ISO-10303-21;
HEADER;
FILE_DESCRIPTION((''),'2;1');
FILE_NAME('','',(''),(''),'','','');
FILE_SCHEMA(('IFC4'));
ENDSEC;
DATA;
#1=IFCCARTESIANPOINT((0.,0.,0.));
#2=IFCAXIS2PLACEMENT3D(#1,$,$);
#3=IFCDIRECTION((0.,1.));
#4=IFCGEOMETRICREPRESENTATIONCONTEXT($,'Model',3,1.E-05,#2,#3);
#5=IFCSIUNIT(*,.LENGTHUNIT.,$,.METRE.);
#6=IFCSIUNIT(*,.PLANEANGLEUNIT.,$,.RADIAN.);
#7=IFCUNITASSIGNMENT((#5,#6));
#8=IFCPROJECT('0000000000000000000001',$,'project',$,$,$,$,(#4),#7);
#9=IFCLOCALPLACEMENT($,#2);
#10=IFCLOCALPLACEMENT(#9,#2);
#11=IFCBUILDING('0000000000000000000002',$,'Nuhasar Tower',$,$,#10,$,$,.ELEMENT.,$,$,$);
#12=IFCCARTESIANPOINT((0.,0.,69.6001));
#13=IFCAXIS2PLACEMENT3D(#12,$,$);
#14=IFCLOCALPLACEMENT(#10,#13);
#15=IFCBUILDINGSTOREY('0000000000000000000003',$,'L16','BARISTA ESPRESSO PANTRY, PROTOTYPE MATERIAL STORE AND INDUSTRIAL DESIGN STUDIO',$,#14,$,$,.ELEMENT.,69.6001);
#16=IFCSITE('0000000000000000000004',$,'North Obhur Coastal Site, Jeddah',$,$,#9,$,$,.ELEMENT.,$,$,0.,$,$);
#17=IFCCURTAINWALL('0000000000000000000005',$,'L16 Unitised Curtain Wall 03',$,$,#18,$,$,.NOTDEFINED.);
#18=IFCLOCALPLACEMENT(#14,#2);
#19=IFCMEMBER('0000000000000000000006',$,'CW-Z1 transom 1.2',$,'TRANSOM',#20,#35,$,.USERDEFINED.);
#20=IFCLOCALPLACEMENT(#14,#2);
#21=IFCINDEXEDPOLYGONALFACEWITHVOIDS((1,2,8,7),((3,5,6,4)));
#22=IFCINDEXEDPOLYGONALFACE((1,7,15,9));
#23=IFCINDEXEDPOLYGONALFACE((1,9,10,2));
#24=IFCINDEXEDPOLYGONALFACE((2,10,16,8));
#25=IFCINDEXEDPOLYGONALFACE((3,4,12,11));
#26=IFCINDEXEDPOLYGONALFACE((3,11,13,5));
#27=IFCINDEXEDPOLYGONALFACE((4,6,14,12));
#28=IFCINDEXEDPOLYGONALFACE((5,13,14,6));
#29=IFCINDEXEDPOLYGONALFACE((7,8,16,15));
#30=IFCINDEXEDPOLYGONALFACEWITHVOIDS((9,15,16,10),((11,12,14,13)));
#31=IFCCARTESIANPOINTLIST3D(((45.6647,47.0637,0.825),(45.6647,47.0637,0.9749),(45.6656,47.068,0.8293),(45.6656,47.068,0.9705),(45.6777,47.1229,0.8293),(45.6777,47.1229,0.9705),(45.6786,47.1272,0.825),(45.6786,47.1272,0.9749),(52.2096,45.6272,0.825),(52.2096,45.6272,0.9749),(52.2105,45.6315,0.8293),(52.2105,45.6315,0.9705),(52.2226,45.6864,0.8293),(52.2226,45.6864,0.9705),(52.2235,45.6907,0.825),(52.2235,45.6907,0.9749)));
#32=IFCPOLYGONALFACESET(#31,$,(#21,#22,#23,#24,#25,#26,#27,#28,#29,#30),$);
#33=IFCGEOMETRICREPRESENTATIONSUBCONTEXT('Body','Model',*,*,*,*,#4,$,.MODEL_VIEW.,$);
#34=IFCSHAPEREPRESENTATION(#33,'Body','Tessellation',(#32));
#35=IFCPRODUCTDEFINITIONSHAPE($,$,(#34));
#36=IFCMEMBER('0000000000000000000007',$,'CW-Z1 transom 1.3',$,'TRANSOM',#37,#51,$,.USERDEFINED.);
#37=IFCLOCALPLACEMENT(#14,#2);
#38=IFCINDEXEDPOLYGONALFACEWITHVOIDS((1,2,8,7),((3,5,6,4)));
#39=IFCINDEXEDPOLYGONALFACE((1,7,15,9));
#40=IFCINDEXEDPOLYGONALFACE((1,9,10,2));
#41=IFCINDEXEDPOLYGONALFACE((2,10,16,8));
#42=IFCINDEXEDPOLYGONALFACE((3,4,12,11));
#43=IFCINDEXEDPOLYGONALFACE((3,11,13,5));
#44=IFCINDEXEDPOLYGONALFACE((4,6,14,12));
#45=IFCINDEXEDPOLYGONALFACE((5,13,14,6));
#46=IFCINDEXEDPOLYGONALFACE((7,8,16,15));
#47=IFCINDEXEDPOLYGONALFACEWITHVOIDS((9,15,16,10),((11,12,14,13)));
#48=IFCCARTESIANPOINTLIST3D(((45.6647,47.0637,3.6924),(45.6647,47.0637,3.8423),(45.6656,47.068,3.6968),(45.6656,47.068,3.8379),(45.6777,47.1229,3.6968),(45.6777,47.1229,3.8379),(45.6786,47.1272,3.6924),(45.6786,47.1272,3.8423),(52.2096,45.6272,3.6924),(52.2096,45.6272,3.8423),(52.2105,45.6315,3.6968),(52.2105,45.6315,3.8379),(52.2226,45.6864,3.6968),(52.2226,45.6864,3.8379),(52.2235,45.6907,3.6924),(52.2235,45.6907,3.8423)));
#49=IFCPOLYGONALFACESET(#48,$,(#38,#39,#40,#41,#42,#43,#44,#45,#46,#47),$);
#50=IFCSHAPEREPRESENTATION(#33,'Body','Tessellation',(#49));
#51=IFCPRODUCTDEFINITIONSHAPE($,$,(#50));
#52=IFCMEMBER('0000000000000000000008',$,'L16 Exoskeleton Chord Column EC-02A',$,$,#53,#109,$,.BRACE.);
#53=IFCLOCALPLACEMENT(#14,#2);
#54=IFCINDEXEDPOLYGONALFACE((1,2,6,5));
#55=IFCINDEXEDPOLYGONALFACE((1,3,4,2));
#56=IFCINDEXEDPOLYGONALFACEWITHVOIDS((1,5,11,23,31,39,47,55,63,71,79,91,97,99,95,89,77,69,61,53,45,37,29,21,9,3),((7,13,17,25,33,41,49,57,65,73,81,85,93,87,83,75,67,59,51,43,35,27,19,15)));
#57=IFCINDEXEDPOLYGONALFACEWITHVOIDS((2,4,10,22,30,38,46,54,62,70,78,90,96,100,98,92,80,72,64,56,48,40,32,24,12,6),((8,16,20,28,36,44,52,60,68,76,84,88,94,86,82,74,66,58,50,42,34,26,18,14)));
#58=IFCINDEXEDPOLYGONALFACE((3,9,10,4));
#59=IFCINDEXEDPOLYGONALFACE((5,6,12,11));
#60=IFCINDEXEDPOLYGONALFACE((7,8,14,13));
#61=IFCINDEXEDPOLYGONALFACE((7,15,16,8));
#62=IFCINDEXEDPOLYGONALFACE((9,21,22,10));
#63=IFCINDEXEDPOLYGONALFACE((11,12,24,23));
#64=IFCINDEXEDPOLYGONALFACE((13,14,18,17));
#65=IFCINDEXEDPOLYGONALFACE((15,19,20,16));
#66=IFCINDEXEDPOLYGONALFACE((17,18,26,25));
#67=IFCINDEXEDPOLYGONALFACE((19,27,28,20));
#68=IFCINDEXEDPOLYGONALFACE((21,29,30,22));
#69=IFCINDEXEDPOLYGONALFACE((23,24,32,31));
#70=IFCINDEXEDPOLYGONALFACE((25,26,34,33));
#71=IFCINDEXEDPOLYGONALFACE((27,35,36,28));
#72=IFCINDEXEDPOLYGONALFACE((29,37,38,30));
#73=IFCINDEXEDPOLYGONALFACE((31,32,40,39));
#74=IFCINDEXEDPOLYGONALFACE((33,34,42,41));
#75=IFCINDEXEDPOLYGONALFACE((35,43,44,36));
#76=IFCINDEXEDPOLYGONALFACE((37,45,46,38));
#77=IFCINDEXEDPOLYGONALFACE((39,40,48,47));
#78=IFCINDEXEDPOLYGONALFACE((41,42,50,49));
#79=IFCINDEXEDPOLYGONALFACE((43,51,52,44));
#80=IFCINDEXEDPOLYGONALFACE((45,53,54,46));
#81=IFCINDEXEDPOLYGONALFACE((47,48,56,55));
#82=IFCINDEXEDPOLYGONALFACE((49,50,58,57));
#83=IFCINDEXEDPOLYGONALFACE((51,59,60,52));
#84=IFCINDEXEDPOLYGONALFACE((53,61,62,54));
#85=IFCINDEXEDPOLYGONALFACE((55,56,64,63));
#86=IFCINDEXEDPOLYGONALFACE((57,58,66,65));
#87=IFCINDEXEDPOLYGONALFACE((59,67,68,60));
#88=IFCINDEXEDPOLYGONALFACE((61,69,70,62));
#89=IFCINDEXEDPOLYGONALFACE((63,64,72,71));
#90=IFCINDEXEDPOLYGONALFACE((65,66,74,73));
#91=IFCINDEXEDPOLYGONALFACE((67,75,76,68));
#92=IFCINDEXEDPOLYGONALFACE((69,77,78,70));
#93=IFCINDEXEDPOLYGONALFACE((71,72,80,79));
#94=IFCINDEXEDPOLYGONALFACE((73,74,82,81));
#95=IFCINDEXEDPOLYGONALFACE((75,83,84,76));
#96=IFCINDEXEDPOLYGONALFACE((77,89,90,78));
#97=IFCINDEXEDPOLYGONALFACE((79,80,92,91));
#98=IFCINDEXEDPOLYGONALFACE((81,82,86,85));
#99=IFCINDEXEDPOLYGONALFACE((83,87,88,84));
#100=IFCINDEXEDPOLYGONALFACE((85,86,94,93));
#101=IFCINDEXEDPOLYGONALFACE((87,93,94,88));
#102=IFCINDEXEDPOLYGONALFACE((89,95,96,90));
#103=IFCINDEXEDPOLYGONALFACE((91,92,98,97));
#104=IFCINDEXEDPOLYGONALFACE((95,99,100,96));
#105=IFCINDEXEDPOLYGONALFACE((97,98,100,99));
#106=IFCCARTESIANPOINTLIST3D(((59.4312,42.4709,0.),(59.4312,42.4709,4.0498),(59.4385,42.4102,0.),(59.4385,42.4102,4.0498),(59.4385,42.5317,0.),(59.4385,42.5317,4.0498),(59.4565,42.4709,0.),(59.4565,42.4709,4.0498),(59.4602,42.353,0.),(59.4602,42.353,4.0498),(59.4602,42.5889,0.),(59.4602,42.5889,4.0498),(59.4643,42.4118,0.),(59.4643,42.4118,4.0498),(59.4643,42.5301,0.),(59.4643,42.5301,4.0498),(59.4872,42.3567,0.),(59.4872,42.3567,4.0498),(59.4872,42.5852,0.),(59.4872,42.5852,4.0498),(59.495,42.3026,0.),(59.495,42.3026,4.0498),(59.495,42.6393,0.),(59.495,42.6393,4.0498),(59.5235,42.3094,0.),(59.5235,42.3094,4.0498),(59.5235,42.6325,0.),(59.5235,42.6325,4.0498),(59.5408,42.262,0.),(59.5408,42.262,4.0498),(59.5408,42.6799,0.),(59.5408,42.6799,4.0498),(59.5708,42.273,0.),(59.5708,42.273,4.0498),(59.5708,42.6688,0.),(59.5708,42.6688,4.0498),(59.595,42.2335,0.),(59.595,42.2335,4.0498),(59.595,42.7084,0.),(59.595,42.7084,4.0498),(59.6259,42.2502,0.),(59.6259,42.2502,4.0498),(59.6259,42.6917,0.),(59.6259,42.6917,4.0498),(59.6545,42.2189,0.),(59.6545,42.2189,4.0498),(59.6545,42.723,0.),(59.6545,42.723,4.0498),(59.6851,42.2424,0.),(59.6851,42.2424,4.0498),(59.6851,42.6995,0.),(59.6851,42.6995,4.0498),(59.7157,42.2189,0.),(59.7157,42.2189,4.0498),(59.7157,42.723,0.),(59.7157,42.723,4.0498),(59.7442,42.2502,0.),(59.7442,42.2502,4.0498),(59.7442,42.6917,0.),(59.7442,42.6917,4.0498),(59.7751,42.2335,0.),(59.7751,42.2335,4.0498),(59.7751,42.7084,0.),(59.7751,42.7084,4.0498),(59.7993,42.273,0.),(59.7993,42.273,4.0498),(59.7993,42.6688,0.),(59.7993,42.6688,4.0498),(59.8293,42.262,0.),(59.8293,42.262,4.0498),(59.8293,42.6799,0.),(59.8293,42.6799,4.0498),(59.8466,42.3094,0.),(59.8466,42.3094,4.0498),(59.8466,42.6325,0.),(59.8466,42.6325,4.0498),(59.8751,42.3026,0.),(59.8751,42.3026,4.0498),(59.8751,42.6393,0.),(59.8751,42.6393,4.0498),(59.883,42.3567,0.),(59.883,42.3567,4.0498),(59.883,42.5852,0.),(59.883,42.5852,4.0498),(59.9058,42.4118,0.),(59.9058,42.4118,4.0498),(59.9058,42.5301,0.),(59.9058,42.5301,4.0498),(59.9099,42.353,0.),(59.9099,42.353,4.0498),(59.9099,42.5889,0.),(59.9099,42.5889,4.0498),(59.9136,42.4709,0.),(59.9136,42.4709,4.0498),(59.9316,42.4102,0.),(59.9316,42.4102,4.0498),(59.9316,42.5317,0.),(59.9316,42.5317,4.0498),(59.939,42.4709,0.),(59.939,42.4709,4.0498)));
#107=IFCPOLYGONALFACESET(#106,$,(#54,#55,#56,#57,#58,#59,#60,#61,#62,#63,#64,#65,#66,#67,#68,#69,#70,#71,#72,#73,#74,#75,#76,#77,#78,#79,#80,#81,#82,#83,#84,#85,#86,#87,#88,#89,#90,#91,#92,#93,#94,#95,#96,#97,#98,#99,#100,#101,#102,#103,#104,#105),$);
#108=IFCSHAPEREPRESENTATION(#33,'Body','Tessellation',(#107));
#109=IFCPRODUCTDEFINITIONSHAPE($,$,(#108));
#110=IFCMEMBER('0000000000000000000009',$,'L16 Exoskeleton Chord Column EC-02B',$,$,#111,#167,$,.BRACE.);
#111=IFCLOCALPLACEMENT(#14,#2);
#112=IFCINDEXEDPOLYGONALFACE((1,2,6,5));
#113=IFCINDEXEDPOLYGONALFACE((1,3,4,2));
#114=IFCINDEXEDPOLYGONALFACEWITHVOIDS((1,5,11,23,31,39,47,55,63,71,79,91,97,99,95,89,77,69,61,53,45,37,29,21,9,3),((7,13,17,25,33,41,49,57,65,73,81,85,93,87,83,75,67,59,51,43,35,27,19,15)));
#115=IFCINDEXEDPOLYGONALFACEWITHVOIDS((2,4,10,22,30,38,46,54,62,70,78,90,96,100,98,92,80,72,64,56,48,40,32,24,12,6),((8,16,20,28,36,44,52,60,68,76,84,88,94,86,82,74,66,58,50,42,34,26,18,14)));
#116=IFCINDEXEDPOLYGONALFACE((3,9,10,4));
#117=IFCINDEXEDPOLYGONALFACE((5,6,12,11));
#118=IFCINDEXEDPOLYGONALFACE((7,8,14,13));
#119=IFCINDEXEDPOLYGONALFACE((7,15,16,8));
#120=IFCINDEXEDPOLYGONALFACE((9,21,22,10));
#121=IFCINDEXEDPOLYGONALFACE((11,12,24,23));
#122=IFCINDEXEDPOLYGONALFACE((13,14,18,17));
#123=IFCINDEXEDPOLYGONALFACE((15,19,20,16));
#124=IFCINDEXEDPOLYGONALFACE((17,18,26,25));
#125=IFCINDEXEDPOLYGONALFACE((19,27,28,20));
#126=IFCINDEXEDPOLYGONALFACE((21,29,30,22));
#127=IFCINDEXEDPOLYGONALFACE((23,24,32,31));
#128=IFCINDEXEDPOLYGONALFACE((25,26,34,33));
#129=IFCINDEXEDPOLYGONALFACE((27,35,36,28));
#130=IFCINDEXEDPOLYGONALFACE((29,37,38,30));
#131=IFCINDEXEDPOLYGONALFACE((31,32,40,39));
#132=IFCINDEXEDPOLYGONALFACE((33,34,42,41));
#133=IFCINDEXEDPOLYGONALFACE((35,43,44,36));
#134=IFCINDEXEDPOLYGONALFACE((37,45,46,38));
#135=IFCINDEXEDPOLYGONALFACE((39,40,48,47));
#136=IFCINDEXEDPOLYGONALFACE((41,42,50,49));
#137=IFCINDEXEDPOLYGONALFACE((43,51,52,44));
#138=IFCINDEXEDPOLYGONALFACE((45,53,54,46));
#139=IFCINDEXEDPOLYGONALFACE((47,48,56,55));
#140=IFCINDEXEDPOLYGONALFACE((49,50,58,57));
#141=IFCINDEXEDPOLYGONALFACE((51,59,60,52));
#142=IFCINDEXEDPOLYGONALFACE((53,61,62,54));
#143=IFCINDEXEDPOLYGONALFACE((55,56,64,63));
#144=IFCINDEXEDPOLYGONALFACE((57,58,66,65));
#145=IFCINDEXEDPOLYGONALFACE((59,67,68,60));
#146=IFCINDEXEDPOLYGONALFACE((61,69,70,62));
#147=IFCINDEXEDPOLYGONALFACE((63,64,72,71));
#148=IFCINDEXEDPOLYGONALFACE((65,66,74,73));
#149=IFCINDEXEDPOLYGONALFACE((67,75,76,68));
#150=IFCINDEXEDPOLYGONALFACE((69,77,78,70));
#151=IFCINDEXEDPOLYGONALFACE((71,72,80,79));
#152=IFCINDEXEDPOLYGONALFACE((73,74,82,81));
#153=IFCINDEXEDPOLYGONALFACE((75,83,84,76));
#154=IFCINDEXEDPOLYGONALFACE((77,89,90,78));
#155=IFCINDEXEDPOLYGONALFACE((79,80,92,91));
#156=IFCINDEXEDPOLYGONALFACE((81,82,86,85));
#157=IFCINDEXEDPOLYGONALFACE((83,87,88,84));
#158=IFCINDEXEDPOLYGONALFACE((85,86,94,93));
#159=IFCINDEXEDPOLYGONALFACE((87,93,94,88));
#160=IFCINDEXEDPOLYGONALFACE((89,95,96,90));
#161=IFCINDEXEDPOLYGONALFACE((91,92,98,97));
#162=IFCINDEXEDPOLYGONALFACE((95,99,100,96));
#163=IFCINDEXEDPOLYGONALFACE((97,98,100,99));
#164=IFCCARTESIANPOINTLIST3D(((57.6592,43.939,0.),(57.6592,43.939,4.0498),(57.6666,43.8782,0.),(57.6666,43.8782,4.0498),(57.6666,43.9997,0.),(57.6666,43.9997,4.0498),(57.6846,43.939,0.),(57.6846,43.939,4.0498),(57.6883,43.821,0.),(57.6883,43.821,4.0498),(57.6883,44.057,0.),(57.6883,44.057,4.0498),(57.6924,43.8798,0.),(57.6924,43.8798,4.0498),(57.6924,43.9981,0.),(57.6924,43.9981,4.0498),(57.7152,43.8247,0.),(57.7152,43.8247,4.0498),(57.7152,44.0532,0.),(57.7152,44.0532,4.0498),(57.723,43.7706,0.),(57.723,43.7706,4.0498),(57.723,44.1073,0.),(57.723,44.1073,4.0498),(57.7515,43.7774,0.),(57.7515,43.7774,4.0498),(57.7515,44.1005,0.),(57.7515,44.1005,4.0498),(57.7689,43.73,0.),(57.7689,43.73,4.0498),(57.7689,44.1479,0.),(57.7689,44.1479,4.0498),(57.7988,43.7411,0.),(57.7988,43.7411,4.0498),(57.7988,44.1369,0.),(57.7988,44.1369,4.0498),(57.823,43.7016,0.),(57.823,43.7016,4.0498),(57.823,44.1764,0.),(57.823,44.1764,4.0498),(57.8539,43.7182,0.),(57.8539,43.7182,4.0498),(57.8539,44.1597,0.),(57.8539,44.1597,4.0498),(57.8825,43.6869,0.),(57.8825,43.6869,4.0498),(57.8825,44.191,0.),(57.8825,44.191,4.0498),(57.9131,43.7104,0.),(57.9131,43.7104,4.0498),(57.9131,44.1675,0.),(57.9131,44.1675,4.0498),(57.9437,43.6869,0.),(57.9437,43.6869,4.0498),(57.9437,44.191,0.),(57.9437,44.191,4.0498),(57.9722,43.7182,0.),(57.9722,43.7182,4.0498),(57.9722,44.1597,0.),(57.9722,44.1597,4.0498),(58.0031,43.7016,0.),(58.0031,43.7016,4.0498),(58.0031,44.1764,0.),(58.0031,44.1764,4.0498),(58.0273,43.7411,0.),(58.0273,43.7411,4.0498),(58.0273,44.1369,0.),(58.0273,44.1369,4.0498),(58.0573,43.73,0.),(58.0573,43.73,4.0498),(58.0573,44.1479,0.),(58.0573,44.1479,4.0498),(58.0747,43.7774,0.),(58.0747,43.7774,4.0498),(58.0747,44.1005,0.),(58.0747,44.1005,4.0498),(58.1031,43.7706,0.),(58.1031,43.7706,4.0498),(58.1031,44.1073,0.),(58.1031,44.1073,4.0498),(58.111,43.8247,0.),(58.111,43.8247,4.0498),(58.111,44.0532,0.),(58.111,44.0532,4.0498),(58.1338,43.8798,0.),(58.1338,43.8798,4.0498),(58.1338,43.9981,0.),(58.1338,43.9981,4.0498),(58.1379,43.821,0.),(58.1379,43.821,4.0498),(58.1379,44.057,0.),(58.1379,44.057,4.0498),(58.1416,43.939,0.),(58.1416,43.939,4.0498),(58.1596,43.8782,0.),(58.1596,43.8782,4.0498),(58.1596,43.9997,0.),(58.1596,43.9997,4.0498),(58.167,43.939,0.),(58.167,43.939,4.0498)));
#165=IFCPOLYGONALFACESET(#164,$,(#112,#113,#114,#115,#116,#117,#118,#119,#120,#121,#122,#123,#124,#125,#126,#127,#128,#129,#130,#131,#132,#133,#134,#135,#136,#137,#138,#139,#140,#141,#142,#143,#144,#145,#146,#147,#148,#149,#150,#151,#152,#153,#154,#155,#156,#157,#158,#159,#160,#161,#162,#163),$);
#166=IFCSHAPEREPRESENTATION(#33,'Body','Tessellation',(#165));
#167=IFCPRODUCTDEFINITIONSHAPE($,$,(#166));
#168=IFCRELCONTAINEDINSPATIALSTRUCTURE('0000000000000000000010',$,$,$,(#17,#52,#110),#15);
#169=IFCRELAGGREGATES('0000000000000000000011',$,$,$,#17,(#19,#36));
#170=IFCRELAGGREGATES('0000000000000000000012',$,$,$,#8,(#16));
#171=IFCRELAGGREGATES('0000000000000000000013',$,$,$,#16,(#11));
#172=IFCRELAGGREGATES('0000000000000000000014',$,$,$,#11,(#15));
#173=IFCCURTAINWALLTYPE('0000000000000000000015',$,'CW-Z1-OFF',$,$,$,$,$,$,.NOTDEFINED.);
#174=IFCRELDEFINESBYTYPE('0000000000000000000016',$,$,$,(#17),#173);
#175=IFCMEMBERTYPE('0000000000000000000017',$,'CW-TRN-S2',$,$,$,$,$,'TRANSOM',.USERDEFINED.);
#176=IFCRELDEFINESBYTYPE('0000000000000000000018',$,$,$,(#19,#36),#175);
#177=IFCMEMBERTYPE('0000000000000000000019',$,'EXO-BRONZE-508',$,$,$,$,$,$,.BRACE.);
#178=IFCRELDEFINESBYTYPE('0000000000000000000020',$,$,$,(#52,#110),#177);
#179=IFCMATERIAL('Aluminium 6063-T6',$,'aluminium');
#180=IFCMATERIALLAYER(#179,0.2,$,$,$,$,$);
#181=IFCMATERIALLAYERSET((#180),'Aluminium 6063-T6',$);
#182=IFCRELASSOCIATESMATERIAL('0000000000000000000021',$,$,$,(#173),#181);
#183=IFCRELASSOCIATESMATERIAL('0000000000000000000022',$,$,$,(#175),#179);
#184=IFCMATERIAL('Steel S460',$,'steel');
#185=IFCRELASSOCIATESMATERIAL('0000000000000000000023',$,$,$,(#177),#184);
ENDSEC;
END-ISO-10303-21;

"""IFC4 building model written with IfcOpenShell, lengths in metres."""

from ifc_helpers import new_model, si_unit, direction, frame, origin, origin_2d, place, context, subcontext, project, spatial, hollow_rectangle, hollow_circle, extrude, material, layer, layer_set, material_profile, profile_set, type_object, element, aggregate, save


model = new_model("IFC4")

# Units and contexts
model_context = context("Model", 3, precision=1e-05, world=origin(), true_north=direction((0.0, 1.0)))
body_context = subcontext(model_context, "Body", "Model", "MODEL_VIEW")
ifc_project = project(units=[si_unit("LENGTHUNIT", "METRE"), si_unit("PLANEANGLEUNIT", "RADIAN")], contexts=[model_context])

# Site, building, storey
site_placement = place(None, origin())
site = spatial("IfcSite", under=ifc_project, at=site_placement, Name="North Obhur Coastal Site, Jeddah", CompositionType="ELEMENT", RefElevation=0.0)
building_placement = place(site_placement, origin())
building = spatial("IfcBuilding", under=site, at=building_placement, Name="Nuhasar Tower", CompositionType="ELEMENT")
storey_placement = place(building_placement, frame((0.0, 0.0, 69.6001)))
storey = spatial("IfcBuildingStorey", under=building, at=storey_placement, Name="L16", Description="BARISTA ESPRESSO PANTRY, PROTOTYPE MATERIAL STORE AND INDUSTRIAL DESIGN STUDIO", CompositionType="ELEMENT", Elevation=69.6001)

# Shared definitions
ifc_material_1 = material(Name="Aluminium 6063-T6", Category="aluminium")
ifc_layer_1 = layer(ifc_material_1, 0.2)
ifc_layer_set_1 = layer_set([ifc_layer_1], Name="Aluminium 6063-T6")
curtain_wall_type = type_object("IfcCurtainWallType", Name="CW-Z1-OFF", PredefinedType="NOTDEFINED", material=ifc_layer_set_1)

# Curtain wall
curtain_wall_1_placement = place(storey_placement, origin())
curtain_wall_1 = element("IfcCurtainWall", 1, at=curtain_wall_1_placement, inside=storey, type_object=curtain_wall_type, Name="L16 Unitised Curtain Wall 03", PredefinedType="NOTDEFINED")

# Members
ifc_material_profile_1 = material_profile(ifc_material_1, hollow_rectangle(XDim=0.0649, YDim=0.1499, WallThickness=0.0044, at=origin_2d()), Name="CWT-2")
ifc_profile_set_1 = profile_set([ifc_material_profile_1], Name="Aluminium 6063-T6")
member_type_1 = type_object("IfcMemberType", Name="CW-TRN-S2", ElementType="TRANSOM", PredefinedType="USERDEFINED", material=ifc_profile_set_1)
member_1_placement = place(storey_placement, frame((52.2166, 45.6589, 0.8999), z_axis=(-0.97675, 0.214384, 0.0), x_axis=(-0.214384, -0.97675, 0.0)))
member_1 = element("IfcMember", 2, at=member_1_placement, type_object=member_type_1, Name="CW-Z1 transom 1.2", ObjectType="TRANSOM", PredefinedType="USERDEFINED", context=body_context, shape_type="SweptSolid", body=[
    extrude(hollow_rectangle(XDim=0.0649, YDim=0.1499, WallThickness=0.0044, at=origin_2d()), origin(), (0.0, 0.0, 1.0), 6.7007),
])
member_2_placement = place(storey_placement, frame((52.2166, 45.6589, 3.7673), z_axis=(-0.97675, 0.214384, 0.0), x_axis=(-0.214384, -0.97675, 0.0)))
member_2 = element("IfcMember", 3, at=member_2_placement, type_object=member_type_1, Name="CW-Z1 transom 1.3", ObjectType="TRANSOM", PredefinedType="USERDEFINED", context=body_context, shape_type="SweptSolid", body=[
    extrude(hollow_rectangle(XDim=0.0649, YDim=0.1499, WallThickness=0.0044, at=origin_2d()), origin(), (0.0, 0.0, 1.0), 6.7007),
])
aggregate(curtain_wall_1, [member_1, member_2])

# Members
ifc_material_2 = material(Name="Steel S460", Category="steel")
ifc_material_profile_2 = material_profile(ifc_material_2, hollow_circle(Radius=0.2539, WallThickness=0.0254, at=origin_2d()), Name="HSS508X25.4")
ifc_profile_set_2 = profile_set([ifc_material_profile_2], Name="Steel S460")
member_type_2 = type_object("IfcMemberType", Name="EXO-BRONZE-508", PredefinedType="BRACE", material=ifc_profile_set_2)
for number, where, z_axis, x_axis, name in (
    (4, (59.6851, 42.4709, 0.0), (0.0, 0.0, 1.0), (1.0, 0.0, 0.0), "L16 Exoskeleton Chord Column EC-02A"),
    (5, (57.9131, 43.939, 0.0), (0.0, 0.0, 1.0), (1.0, 0.0, 0.0), "L16 Exoskeleton Chord Column EC-02B"),
):
    element("IfcMember", number, at=place(storey_placement, frame(where, z_axis=z_axis, x_axis=x_axis)), inside=storey, type_object=member_type_2, Name=name, PredefinedType="BRACE", context=body_context, shape_type="SweptSolid", body=[
        extrude(hollow_circle(Radius=0.2539, WallThickness=0.0254, at=origin_2d()), origin(), (0.0, 0.0, 1.0), 4.0498),
    ])

save(model, "model.ifc")
